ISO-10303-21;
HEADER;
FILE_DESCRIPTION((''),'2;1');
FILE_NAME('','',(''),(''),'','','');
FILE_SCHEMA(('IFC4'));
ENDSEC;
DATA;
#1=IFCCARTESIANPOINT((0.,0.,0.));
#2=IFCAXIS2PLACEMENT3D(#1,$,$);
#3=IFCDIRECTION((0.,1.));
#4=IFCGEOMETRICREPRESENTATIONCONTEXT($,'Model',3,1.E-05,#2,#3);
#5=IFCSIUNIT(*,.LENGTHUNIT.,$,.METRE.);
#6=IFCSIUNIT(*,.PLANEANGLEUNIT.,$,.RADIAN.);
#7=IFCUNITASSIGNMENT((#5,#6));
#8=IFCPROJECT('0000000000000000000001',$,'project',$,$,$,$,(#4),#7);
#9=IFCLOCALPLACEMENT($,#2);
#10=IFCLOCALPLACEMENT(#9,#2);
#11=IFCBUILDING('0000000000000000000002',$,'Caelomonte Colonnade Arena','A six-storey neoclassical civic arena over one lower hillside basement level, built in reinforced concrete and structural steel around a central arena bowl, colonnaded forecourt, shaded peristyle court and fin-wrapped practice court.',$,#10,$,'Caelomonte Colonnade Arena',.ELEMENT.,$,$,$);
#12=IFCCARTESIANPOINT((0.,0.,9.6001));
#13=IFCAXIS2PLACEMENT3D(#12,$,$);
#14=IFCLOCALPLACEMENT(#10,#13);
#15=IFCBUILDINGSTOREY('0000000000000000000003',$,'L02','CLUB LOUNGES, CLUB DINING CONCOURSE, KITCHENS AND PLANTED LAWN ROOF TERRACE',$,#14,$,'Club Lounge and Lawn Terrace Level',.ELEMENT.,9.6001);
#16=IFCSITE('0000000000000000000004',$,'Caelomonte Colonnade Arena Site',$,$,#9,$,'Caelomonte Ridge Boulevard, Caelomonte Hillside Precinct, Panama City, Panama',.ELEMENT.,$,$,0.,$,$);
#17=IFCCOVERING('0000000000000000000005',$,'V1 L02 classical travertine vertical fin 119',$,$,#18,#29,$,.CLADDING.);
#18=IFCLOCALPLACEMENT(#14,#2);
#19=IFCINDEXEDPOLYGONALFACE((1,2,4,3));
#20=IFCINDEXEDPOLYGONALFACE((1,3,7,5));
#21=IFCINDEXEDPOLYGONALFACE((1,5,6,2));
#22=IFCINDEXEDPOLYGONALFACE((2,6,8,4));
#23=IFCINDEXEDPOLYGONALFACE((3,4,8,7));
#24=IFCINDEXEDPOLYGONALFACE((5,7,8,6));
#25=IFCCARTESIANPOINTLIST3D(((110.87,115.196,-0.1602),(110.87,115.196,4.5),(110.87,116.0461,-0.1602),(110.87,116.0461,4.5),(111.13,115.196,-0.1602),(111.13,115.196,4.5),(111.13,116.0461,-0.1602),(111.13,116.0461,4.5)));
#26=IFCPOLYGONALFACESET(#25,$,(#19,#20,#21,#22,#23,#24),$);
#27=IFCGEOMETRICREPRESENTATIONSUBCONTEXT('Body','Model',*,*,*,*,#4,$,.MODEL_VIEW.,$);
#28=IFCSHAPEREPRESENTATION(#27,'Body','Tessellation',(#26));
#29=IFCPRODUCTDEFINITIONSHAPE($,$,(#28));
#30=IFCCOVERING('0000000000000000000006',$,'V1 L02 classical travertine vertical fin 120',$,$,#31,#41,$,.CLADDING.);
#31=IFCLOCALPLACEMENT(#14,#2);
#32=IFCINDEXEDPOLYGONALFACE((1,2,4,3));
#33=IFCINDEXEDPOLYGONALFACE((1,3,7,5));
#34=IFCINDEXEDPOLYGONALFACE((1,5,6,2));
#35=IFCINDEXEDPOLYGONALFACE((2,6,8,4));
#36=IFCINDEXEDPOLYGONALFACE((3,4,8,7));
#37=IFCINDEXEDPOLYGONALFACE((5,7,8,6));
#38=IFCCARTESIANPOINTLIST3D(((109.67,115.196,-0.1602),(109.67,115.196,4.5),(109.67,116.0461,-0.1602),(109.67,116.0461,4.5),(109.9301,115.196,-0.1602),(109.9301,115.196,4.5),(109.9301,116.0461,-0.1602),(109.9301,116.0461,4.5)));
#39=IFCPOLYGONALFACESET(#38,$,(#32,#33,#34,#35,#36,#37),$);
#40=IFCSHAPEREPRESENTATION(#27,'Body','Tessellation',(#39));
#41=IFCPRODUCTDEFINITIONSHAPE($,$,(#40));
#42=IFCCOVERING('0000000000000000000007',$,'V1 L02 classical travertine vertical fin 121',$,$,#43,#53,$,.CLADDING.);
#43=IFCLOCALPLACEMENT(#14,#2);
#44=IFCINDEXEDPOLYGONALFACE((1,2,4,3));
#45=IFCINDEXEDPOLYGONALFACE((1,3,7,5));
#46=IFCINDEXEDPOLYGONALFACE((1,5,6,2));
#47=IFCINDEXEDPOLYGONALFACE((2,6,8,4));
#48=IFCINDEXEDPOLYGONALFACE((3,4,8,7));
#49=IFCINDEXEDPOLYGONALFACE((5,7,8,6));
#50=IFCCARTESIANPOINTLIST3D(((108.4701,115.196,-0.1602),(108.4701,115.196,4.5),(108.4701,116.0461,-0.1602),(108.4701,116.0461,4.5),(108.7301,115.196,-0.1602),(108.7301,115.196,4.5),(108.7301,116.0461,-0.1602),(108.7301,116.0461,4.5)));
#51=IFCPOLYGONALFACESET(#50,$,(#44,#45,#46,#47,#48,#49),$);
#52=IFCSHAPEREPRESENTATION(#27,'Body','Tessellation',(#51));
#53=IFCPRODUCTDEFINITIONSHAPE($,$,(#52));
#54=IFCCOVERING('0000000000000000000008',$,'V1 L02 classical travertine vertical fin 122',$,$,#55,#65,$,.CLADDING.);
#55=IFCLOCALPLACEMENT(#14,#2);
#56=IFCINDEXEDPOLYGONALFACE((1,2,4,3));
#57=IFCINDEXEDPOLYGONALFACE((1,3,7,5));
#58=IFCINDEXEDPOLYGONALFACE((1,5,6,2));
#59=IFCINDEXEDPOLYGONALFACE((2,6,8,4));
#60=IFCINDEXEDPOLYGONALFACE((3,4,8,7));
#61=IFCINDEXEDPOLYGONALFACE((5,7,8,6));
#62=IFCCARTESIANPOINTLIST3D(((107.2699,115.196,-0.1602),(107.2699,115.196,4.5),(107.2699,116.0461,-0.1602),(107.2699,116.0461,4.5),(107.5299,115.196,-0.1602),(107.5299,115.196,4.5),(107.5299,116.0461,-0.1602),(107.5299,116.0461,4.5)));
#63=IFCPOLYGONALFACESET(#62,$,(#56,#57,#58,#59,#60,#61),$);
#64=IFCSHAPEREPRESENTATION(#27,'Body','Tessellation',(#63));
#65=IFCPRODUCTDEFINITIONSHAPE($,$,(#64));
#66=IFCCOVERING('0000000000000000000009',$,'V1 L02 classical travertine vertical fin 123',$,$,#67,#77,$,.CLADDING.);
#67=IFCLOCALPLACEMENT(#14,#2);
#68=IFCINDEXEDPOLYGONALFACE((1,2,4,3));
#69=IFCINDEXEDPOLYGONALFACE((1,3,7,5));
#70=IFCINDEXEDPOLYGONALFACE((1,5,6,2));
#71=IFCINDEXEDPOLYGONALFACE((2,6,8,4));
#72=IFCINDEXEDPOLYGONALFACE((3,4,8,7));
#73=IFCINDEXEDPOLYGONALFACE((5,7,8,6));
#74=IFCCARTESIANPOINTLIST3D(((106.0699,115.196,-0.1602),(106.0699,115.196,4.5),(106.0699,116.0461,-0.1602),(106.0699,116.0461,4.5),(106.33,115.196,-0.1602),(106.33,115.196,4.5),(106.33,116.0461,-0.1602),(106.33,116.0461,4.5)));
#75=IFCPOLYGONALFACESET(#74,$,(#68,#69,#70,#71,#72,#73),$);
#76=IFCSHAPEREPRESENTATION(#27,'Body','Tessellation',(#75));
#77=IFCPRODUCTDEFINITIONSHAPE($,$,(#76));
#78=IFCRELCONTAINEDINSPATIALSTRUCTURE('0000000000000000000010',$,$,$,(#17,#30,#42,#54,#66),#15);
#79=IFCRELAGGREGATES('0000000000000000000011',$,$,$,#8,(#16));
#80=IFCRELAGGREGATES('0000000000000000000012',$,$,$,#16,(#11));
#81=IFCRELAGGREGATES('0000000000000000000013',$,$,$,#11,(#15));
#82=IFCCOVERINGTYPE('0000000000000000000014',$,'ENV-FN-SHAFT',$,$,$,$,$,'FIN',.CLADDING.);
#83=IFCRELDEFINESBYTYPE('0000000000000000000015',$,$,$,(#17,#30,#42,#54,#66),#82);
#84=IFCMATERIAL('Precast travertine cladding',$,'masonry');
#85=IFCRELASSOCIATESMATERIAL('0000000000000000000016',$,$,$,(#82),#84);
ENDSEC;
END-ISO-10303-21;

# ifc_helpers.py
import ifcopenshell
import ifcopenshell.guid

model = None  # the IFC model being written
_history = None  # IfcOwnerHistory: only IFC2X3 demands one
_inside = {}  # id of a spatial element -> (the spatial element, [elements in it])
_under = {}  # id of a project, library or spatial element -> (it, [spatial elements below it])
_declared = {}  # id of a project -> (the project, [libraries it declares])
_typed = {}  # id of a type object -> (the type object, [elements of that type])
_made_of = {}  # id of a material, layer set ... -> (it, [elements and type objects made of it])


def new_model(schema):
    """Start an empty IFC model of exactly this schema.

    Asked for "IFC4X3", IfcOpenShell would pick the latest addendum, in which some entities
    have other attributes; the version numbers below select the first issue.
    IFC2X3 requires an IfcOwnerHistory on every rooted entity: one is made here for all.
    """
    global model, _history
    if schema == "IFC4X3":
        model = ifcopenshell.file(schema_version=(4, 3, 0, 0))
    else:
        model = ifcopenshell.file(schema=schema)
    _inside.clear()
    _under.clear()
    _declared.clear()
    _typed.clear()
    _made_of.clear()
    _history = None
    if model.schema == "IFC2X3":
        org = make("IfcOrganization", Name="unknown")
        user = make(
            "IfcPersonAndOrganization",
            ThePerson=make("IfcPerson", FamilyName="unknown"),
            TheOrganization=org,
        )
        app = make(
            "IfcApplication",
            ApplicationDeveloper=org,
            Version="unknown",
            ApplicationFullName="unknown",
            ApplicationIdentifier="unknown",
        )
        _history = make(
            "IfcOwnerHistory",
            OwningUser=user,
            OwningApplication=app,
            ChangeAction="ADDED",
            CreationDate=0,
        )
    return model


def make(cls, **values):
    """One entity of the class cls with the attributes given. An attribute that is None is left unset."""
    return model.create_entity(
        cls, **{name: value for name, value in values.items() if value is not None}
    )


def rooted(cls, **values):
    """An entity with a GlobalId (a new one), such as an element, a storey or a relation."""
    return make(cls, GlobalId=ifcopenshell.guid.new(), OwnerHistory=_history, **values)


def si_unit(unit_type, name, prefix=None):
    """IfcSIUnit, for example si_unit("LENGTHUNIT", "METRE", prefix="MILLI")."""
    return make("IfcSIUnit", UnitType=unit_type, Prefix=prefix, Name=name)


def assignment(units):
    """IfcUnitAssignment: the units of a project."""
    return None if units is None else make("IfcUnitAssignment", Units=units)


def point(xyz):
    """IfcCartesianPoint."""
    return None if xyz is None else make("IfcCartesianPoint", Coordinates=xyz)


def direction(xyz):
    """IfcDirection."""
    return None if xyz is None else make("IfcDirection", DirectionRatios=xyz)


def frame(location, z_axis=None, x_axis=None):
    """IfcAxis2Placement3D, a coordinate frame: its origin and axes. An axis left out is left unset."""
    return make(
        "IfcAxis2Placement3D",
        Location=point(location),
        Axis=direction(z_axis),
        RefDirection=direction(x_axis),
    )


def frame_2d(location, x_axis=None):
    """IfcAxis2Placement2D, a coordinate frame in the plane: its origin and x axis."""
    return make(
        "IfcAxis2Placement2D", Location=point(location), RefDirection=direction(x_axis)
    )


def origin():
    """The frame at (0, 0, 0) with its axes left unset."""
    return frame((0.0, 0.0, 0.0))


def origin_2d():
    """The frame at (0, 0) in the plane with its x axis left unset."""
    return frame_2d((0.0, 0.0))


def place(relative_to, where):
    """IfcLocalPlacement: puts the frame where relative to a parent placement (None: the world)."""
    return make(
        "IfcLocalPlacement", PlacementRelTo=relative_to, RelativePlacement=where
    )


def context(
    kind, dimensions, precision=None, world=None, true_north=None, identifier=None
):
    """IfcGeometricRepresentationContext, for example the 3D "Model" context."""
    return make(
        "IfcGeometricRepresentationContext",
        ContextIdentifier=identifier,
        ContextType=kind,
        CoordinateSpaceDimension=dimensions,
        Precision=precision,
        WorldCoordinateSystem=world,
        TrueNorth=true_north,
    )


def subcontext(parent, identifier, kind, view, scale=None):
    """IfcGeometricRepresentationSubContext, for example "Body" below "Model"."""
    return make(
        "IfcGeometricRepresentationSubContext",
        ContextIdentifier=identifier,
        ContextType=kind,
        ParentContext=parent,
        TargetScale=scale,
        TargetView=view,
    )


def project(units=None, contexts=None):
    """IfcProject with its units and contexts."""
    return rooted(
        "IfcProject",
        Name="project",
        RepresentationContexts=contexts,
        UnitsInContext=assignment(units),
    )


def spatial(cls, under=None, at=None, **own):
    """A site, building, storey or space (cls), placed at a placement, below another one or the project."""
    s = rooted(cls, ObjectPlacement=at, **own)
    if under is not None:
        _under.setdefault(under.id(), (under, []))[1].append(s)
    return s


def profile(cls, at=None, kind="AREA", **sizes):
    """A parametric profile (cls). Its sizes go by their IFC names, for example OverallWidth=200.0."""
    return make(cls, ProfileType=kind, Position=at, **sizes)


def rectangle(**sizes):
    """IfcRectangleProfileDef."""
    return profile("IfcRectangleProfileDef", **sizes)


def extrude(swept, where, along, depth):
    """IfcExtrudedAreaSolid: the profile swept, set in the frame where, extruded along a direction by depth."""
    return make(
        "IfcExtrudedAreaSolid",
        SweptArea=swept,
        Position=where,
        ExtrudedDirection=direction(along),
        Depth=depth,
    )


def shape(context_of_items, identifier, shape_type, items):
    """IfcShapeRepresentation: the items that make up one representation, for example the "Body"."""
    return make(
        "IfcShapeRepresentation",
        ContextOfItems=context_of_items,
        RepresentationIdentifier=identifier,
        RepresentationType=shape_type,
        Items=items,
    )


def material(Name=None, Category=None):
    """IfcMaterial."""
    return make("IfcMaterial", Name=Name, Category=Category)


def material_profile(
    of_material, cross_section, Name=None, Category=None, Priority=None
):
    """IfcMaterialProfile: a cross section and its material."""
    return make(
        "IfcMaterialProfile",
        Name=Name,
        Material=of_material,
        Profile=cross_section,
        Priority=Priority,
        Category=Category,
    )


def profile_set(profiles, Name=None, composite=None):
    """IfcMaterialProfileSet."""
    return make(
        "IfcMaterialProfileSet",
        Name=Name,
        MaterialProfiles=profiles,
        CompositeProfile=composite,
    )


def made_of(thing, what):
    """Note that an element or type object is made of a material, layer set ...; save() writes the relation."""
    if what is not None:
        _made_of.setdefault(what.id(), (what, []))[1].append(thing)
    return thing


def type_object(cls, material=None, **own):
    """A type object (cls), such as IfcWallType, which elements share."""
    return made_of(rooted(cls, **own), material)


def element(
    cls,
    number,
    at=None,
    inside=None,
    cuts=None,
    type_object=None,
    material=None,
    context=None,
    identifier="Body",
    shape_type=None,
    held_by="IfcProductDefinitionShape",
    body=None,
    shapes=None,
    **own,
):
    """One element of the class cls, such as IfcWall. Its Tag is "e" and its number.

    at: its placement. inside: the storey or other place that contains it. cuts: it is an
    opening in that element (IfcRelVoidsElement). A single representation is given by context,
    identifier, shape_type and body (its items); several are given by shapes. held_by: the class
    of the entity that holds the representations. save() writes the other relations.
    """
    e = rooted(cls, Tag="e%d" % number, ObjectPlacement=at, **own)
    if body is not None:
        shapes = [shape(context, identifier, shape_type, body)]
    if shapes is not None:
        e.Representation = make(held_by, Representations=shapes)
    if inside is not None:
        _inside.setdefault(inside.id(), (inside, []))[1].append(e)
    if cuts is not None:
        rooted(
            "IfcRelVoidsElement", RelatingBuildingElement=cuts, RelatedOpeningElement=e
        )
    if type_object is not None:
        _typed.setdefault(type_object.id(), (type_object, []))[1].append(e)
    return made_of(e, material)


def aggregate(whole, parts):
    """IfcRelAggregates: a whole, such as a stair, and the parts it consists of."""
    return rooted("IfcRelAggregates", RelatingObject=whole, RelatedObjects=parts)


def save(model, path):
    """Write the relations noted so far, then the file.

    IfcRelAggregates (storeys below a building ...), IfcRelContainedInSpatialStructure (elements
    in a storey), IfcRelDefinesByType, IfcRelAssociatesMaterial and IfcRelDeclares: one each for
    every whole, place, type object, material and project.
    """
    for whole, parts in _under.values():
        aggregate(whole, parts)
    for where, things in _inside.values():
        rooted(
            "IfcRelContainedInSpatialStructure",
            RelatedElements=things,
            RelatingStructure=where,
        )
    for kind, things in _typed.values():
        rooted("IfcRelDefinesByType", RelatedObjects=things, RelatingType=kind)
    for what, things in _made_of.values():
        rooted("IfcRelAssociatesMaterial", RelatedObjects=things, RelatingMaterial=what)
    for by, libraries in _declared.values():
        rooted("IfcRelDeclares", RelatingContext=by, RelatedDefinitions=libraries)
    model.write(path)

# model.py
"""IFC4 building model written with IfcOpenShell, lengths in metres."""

from ifc_helpers import new_model, si_unit, direction, frame, origin, origin_2d, place, context, subcontext, project, spatial, rectangle, extrude, material, material_profile, profile_set, type_object, element, save


model = new_model("IFC4")

# Units and contexts
model_context = context("Model", 3, precision=1e-05, world=origin(), true_north=direction((0.0, 1.0)))
body_context = subcontext(model_context, "Body", "Model", "MODEL_VIEW")
ifc_project = project(units=[si_unit("LENGTHUNIT", "METRE"), si_unit("PLANEANGLEUNIT", "RADIAN")], contexts=[model_context])

# Site, building, storey
site_placement = place(None, origin())
site = spatial("IfcSite", under=ifc_project, at=site_placement, Name="Caelomonte Colonnade Arena Site", LongName="Caelomonte Ridge Boulevard, Caelomonte Hillside Precinct, Panama City, Panama", CompositionType="ELEMENT", RefElevation=0.0)
building_placement = place(site_placement, origin())
building = spatial("IfcBuilding", under=site, at=building_placement, Name="Caelomonte Colonnade Arena", Description="A six-storey neoclassical civic arena over one lower hillside basement level, built in reinforced concrete and structural steel around a central arena bowl, colonnaded forecourt, shaded peristyle court and fin-wrapped practice court.", LongName="Caelomonte Colonnade Arena", CompositionType="ELEMENT")
storey_placement = place(building_placement, frame((0.0, 0.0, 9.6001)))
storey = spatial("IfcBuildingStorey", under=building, at=storey_placement, Name="L02", Description="CLUB LOUNGES, CLUB DINING CONCOURSE, KITCHENS AND PLANTED LAWN ROOF TERRACE", LongName="Club Lounge and Lawn Terrace Level", CompositionType="ELEMENT", Elevation=9.6001)

# Coverings
ifc_material_1 = material(Name="Precast travertine cladding", Category="masonry")
ifc_material_profile_1 = material_profile(ifc_material_1, rectangle(XDim=0.26, YDim=0.8501, at=origin_2d()), Name="FIN260X850")
ifc_profile_set_1 = profile_set([ifc_material_profile_1], Name="Precast travertine cladding")
covering_type = type_object("IfcCoveringType", Name="ENV-FN-SHAFT", ElementType="FIN", PredefinedType="CLADDING", material=ifc_profile_set_1)
for number, where, z_axis, x_axis, name in (
    (1, (111.0, 115.6211, -0.1602), (0.0, 0.0, 1.0), (1.0, 0.0, 0.0), "V1 L02 classical travertine vertical fin 119"),
    (2, (109.8, 115.6211, -0.1602), (0.0, 0.0, 1.0), (1.0, 0.0, 0.0), "V1 L02 classical travertine vertical fin 120"),
    (3, (108.6001, 115.6211, -0.1602), (0.0, 0.0, 1.0), (1.0, 0.0, 0.0), "V1 L02 classical travertine vertical fin 121"),
    (4, (107.3999, 115.6211, -0.1602), (0.0, 0.0, 1.0), (1.0, 0.0, 0.0), "V1 L02 classical travertine vertical fin 122"),
    (5, (106.2, 115.6211, -0.1602), (0.0, 0.0, 1.0), (1.0, 0.0, 0.0), "V1 L02 classical travertine vertical fin 123"),
):
    element("IfcCovering", number, at=place(storey_placement, frame(where, z_axis=z_axis, x_axis=x_axis)), inside=storey, type_object=covering_type, Name=name, PredefinedType="CLADDING", context=body_context, shape_type="SweptSolid", body=[
        extrude(rectangle(XDim=0.26, YDim=0.8501, at=origin_2d()), origin(), (0.0, 0.0, 1.0), 4.6602),
    ])

save(model, "model.ifc")
